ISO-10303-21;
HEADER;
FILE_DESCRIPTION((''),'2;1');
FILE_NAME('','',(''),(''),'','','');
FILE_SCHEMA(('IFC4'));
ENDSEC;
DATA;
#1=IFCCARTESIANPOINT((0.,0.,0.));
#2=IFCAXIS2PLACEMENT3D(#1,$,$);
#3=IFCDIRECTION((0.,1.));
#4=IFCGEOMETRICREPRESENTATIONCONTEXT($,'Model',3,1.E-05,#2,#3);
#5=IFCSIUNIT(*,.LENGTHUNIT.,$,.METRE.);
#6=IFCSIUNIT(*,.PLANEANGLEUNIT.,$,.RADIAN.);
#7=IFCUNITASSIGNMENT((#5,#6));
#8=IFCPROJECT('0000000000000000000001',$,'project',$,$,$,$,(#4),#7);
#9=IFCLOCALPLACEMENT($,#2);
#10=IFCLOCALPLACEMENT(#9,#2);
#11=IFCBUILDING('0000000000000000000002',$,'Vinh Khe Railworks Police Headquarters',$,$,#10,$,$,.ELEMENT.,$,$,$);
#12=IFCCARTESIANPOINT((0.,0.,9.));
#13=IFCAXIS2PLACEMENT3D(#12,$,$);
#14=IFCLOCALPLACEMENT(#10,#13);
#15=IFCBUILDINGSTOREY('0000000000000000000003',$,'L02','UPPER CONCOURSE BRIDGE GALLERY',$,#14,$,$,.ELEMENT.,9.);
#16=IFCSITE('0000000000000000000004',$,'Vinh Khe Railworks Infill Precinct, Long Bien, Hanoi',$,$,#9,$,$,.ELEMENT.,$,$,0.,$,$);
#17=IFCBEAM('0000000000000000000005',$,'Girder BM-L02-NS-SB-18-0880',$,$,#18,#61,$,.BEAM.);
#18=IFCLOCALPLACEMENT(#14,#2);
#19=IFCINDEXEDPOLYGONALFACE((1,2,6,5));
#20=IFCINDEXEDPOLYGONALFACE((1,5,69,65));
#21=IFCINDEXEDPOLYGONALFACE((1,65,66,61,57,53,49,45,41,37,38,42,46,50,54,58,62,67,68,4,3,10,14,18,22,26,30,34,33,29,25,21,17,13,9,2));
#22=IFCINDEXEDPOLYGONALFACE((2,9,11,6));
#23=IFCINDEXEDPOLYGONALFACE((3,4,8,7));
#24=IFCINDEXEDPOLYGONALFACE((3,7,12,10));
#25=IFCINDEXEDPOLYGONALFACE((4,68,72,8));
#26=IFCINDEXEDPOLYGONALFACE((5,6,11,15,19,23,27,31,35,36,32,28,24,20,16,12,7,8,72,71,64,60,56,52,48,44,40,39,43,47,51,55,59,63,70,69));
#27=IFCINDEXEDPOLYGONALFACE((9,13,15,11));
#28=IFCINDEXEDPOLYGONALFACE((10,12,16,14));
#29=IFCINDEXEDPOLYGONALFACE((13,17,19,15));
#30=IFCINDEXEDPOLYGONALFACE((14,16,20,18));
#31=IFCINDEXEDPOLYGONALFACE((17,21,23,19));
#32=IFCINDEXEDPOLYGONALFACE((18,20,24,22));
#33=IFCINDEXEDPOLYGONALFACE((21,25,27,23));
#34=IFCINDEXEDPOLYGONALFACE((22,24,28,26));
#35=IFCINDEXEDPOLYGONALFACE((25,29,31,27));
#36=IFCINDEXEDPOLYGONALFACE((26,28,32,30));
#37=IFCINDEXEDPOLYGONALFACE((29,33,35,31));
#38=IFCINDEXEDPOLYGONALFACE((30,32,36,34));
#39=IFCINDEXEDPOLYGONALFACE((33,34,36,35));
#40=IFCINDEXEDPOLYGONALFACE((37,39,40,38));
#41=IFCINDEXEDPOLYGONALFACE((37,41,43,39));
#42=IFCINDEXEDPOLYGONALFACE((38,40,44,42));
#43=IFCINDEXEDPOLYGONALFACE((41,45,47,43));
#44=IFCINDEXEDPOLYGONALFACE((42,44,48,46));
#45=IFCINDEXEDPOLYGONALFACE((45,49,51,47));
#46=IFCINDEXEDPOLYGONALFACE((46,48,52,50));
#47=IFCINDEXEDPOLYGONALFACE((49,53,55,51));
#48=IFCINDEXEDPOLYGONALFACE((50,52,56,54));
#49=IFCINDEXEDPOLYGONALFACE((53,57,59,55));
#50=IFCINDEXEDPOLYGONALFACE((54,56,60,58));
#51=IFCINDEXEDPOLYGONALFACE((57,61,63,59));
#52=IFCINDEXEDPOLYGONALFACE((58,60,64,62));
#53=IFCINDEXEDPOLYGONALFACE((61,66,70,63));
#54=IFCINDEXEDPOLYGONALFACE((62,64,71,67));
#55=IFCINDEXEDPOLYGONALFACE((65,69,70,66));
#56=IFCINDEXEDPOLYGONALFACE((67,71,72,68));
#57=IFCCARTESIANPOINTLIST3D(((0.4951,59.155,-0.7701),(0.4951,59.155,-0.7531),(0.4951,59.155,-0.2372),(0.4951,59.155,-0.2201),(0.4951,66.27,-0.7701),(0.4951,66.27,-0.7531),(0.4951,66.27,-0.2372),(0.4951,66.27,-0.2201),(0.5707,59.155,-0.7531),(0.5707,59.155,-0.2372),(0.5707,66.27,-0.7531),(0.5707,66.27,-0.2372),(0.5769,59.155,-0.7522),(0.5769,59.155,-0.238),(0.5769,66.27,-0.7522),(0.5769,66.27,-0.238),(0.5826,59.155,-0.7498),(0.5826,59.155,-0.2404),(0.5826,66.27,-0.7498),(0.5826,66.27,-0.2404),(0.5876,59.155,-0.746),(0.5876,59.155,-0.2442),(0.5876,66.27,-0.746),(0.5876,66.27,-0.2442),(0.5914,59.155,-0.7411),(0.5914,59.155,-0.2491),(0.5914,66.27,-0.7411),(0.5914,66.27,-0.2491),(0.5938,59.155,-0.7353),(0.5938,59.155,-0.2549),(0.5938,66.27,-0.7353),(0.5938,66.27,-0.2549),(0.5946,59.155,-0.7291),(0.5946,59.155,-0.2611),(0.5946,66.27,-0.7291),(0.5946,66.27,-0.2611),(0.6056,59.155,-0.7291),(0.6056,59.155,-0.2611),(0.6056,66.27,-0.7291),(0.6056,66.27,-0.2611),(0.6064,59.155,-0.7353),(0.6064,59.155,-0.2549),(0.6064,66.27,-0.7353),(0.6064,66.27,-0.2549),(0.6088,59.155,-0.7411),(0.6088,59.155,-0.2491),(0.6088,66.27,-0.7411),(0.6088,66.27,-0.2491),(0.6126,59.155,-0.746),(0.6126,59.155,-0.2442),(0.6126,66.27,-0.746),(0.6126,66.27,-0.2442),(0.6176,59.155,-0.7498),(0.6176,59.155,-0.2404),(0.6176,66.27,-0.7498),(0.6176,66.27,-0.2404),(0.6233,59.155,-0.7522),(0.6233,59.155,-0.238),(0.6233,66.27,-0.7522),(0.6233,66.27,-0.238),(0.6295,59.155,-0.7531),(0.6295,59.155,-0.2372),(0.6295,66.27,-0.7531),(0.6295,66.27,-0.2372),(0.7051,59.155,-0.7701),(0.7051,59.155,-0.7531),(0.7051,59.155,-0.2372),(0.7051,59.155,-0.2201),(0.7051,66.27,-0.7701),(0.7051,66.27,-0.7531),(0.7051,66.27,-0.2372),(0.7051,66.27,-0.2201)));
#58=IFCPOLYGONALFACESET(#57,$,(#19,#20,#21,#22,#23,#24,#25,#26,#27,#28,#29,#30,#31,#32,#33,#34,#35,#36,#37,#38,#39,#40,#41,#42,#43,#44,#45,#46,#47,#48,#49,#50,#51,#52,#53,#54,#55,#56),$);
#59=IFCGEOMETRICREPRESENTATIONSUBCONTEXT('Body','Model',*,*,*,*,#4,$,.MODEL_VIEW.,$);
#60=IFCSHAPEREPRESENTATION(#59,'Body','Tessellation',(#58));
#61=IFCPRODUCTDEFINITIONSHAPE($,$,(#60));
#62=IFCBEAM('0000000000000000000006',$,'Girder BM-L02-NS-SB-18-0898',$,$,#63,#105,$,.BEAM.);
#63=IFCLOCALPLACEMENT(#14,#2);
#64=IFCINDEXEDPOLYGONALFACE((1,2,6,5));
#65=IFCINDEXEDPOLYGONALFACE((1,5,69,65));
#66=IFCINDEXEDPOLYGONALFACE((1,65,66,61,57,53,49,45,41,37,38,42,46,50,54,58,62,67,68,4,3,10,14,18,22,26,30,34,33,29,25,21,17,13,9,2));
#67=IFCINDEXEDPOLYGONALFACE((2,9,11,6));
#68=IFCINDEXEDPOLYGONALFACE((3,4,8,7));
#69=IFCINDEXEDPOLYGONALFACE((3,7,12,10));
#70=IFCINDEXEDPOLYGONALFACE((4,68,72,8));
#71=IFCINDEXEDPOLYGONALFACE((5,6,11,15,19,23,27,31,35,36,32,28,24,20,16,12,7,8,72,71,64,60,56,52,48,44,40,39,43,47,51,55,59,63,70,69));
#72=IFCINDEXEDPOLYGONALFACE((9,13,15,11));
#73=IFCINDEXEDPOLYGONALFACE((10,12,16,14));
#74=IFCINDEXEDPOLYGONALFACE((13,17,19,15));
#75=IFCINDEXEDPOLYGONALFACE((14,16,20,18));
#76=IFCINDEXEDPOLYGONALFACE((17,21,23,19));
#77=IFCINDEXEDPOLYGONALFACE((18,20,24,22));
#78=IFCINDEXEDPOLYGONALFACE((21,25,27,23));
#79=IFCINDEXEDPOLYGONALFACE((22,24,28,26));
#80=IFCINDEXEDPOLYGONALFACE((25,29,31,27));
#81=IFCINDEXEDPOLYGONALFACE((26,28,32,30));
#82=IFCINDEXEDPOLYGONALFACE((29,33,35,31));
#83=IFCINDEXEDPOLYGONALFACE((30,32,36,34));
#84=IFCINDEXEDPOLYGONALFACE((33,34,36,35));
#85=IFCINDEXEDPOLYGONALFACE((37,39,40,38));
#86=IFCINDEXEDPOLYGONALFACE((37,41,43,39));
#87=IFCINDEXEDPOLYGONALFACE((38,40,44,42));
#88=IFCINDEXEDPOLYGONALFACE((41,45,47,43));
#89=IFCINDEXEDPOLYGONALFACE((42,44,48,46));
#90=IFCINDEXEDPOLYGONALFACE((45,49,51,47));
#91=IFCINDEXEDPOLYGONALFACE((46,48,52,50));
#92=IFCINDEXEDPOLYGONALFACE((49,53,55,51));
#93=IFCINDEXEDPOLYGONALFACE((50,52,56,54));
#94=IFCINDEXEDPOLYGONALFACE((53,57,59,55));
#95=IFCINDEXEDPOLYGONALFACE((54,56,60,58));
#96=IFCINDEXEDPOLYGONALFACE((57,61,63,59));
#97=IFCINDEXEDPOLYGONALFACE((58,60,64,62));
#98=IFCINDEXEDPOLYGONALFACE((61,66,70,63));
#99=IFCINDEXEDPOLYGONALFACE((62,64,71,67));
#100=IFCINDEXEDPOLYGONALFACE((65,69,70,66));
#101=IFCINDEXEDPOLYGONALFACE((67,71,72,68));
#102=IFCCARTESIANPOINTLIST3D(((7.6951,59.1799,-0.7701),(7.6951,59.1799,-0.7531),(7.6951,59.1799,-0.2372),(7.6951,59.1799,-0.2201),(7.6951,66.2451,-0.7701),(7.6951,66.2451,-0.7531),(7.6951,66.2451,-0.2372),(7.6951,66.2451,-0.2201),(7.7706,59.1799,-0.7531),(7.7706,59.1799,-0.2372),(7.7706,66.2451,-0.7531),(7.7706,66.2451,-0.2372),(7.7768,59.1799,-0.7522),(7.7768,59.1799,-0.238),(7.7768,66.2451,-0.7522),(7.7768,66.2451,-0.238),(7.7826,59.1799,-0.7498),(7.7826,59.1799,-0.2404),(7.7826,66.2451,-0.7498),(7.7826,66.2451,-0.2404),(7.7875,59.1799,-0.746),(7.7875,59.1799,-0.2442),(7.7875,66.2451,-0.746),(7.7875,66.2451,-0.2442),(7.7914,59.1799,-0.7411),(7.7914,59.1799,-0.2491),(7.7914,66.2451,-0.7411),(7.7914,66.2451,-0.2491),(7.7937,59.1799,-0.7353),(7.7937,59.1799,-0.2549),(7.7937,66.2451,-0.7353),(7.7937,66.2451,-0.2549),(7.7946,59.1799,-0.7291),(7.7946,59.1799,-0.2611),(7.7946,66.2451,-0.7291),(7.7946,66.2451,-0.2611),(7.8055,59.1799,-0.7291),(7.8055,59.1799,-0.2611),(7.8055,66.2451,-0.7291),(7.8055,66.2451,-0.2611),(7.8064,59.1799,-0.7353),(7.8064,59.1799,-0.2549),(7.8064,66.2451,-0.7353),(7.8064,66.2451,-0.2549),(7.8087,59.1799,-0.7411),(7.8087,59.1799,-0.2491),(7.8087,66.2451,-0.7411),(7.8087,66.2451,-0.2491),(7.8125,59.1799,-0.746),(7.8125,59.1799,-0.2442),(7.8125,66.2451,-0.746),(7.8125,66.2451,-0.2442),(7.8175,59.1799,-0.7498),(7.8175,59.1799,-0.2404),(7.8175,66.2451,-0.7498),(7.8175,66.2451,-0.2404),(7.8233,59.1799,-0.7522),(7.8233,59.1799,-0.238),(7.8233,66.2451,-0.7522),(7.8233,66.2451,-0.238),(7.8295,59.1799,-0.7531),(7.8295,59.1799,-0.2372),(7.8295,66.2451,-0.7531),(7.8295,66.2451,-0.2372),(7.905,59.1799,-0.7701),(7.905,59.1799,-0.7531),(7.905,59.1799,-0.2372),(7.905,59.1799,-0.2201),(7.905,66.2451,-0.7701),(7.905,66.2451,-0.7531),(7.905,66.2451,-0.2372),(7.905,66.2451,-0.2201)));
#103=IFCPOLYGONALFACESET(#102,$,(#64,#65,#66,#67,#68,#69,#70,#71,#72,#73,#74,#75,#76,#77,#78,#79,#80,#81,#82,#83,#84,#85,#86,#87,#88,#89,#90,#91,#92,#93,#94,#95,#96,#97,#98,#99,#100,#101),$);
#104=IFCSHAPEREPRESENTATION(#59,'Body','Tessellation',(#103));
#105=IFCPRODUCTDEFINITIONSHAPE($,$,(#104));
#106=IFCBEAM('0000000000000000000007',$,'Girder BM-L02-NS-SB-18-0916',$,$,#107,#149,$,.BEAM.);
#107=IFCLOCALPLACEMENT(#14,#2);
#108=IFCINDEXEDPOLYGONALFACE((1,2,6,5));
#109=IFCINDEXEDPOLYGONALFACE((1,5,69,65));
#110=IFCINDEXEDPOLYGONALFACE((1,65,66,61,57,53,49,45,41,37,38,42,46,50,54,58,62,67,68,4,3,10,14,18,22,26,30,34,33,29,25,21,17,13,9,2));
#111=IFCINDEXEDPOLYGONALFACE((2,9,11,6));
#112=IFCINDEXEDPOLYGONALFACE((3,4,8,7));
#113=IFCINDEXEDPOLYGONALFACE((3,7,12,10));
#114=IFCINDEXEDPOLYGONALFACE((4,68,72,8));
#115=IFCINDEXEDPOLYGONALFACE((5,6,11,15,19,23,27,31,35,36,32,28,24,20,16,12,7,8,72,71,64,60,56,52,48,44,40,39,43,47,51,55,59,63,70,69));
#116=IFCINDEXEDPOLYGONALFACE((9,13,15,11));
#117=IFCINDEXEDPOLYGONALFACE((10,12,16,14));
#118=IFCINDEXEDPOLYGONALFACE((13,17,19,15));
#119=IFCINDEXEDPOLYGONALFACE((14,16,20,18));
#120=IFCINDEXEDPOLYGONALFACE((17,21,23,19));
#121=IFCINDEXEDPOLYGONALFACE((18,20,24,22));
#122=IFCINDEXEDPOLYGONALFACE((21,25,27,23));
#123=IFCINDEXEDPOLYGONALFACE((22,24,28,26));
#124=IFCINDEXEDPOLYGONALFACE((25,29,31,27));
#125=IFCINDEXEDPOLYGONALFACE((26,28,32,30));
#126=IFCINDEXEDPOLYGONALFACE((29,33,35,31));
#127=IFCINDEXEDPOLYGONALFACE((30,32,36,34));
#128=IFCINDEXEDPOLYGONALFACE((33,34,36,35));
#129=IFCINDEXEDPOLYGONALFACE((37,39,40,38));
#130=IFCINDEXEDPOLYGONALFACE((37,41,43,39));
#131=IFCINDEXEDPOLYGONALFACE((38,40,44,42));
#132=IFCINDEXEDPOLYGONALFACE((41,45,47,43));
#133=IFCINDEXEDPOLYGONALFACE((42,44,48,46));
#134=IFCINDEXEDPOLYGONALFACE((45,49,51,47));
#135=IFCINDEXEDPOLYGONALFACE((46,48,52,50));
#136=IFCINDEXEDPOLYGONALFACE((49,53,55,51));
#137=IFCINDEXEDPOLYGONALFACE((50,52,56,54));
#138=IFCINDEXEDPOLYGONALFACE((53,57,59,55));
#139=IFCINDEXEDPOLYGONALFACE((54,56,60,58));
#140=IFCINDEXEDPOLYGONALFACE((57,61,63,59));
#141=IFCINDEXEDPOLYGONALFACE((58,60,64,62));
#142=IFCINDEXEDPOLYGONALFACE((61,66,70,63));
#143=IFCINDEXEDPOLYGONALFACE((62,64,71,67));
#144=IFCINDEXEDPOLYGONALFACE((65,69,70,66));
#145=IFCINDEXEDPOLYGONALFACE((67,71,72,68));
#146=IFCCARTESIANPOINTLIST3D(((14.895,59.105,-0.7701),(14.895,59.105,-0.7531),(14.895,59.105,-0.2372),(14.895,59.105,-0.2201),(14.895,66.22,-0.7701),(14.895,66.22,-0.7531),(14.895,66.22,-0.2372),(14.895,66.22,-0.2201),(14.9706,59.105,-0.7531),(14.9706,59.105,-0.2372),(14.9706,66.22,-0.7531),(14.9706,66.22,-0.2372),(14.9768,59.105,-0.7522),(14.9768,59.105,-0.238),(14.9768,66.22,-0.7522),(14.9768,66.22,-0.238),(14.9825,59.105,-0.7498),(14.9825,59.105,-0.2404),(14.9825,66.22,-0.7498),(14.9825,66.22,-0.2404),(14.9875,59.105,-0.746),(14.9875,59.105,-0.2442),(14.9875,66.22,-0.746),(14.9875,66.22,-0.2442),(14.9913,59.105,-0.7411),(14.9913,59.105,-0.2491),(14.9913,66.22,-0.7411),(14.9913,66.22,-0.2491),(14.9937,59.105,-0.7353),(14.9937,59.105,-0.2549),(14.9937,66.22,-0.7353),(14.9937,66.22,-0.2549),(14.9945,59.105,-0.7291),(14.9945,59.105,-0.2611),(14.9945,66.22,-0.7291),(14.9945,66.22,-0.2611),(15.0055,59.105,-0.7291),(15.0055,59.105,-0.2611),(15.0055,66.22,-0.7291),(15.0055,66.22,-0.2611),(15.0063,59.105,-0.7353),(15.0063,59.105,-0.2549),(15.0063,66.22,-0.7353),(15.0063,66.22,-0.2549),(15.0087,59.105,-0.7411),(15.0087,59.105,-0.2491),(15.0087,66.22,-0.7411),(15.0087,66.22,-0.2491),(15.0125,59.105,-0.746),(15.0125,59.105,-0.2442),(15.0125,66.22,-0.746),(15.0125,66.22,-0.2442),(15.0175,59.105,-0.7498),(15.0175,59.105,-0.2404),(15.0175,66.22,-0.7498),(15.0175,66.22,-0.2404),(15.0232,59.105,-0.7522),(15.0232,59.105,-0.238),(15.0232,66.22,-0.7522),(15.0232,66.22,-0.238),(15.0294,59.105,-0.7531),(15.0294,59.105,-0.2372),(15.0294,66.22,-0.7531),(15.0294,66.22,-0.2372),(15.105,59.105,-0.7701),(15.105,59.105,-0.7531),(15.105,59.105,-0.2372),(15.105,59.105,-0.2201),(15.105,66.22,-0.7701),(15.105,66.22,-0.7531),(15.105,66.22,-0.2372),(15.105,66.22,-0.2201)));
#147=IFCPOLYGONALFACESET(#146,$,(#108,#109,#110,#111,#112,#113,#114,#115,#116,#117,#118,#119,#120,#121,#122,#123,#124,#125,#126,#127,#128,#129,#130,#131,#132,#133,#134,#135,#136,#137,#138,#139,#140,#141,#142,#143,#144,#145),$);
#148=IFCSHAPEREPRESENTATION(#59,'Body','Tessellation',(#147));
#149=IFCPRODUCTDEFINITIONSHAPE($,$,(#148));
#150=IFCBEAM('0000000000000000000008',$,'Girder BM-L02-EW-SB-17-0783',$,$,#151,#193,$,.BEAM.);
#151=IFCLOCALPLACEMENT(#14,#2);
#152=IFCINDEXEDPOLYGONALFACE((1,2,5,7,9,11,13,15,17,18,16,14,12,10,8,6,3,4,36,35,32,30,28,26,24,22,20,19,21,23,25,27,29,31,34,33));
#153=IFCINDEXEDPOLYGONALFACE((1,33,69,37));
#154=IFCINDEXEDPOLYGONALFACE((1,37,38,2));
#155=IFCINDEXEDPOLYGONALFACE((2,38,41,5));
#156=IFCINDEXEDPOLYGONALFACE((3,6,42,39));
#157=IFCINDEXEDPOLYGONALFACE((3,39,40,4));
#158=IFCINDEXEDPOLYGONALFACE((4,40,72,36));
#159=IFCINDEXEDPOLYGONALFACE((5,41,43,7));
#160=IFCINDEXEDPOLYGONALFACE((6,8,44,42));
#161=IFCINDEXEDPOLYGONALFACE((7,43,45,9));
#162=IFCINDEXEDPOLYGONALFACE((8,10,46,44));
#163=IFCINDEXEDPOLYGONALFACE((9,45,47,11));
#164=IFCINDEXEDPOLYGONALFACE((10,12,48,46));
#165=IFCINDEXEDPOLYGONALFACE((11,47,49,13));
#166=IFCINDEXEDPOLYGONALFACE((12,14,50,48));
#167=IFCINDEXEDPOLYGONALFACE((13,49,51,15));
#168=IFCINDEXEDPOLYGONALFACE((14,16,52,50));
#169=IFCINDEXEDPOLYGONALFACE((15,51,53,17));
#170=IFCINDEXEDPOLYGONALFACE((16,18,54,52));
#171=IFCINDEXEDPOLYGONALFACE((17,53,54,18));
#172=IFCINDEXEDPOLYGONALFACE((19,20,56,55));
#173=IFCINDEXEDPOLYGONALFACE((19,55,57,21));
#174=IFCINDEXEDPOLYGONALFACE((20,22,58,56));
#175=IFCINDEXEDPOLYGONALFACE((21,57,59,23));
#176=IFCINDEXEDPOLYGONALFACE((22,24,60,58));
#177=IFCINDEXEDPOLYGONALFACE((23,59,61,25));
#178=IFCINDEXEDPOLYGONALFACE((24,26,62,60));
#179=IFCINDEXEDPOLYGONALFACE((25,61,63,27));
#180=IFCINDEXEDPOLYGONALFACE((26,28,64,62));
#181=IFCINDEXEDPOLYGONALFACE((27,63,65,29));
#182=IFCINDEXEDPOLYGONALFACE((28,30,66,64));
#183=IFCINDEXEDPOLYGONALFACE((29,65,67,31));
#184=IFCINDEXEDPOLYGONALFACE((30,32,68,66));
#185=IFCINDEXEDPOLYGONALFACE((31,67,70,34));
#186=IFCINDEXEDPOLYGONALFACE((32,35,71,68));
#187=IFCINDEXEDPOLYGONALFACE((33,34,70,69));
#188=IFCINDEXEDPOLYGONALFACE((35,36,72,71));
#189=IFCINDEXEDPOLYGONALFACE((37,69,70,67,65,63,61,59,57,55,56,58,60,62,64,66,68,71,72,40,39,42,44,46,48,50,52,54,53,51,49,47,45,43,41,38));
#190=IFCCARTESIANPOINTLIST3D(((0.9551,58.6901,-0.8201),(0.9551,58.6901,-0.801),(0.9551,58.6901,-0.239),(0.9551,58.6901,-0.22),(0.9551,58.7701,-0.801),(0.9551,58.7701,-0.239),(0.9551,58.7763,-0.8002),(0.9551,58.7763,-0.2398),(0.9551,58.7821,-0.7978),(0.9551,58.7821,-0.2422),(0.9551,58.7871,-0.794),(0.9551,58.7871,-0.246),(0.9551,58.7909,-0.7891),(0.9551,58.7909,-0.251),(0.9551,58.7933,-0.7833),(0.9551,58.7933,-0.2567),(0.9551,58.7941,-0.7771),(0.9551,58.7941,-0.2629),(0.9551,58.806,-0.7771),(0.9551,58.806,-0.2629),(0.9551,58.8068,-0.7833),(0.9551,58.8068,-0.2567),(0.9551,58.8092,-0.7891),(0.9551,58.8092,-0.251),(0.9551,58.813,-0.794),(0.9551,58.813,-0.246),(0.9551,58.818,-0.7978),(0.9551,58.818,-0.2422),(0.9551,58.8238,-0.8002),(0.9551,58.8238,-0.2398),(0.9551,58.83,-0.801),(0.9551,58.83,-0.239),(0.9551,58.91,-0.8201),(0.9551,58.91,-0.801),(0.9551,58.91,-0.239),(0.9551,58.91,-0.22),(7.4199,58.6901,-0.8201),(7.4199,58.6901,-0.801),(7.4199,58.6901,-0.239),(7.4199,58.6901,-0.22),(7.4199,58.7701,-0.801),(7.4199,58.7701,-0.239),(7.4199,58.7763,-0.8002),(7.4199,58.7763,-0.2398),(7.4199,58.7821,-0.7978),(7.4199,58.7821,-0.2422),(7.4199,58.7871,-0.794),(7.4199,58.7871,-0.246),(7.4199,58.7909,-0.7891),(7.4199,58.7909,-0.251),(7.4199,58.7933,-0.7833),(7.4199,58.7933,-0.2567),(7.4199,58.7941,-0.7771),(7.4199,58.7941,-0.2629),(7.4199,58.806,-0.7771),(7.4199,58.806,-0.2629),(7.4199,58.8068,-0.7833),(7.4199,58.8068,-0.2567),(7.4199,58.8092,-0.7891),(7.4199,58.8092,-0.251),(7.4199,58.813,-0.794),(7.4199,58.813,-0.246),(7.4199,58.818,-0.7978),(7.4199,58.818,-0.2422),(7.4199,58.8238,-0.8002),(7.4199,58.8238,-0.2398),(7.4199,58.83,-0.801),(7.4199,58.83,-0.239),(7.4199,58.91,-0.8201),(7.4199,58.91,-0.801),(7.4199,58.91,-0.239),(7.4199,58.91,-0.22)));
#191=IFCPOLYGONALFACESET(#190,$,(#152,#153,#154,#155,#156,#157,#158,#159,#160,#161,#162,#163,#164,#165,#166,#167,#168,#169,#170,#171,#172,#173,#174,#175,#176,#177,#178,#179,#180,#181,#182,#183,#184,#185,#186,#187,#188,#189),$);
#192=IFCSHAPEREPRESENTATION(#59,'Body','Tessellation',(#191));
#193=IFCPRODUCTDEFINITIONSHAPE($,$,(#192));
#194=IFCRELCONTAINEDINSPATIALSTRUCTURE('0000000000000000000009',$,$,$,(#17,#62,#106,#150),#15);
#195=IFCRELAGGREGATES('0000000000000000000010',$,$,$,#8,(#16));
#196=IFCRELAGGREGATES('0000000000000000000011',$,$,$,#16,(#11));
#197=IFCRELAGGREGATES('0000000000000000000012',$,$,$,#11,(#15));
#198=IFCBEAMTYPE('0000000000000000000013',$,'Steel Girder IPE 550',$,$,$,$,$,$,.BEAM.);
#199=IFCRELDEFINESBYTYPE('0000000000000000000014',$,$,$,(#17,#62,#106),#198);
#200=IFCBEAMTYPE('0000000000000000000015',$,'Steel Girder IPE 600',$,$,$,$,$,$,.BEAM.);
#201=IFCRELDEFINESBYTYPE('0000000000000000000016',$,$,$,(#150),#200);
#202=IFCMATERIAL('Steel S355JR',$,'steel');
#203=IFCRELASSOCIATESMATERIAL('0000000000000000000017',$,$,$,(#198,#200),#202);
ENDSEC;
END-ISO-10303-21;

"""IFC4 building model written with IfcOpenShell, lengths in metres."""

from ifc_helpers import new_model, si_unit, direction, frame, origin, origin_2d, place, context, subcontext, project, spatial, i_section, extrude, material, material_profile, profile_set, type_object, element, save


model = new_model("IFC4")

# Units and contexts
model_context = context("Model", 3, precision=1e-05, world=origin(), true_north=direction((0.0, 1.0)))
body_context = subcontext(model_context, "Body", "Model", "MODEL_VIEW")
ifc_project = project(units=[si_unit("LENGTHUNIT", "METRE"), si_unit("PLANEANGLEUNIT", "RADIAN")], contexts=[model_context])

# Site, building, storey
site_placement = place(None, origin())
site = spatial("IfcSite", under=ifc_project, at=site_placement, Name="Vinh Khe Railworks Infill Precinct, Long Bien, Hanoi", CompositionType="ELEMENT", RefElevation=0.0)
building_placement = place(site_placement, origin())
building = spatial("IfcBuilding", under=site, at=building_placement, Name="Vinh Khe Railworks Police Headquarters", CompositionType="ELEMENT")
storey_placement = place(building_placement, frame((0.0, 0.0, 9.0)))
storey = spatial("IfcBuildingStorey", under=building, at=storey_placement, Name="L02", Description="UPPER CONCOURSE BRIDGE GALLERY", CompositionType="ELEMENT", Elevation=9.0)

# Shared definitions
ifc_material_1 = material(Name="Steel S355JR", Category="steel")

# Beams
ifc_material_profile_1 = material_profile(ifc_material_1, i_section(OverallWidth=0.21, OverallDepth=0.55, WebThickness=0.011, FlangeThickness=0.0171, FilletRadius=0.0239, at=origin_2d()), Name="IPE 550")
ifc_profile_set_1 = profile_set([ifc_material_profile_1], Name="Steel S355JR")
beam_type_1 = type_object("IfcBeamType", Name="Steel Girder IPE 550", PredefinedType="BEAM", material=ifc_profile_set_1)
beam_1_placement = place(storey_placement, frame((0.6001, 59.155, -0.4951), z_axis=(0.0, 1.0, 0.0), x_axis=(-1.0, 0.0, 0.0)))
element("IfcBeam", 1, at=beam_1_placement, inside=storey, type_object=beam_type_1, Name="Girder BM-L02-NS-SB-18-0880", PredefinedType="BEAM", context=body_context, shape_type="SweptSolid", body=[
    extrude(i_section(OverallWidth=0.21, OverallDepth=0.55, WebThickness=0.011, FlangeThickness=0.0171, FilletRadius=0.0239, at=origin_2d()), origin(), (0.0, 0.0, 1.0), 7.115),
])
beam_2_placement = place(storey_placement, frame((7.8, 59.1799, -0.4951), z_axis=(0.0, 1.0, 0.0), x_axis=(-1.0, 0.0, 0.0)))
element("IfcBeam", 2, at=beam_2_placement, inside=storey, type_object=beam_type_1, Name="Girder BM-L02-NS-SB-18-0898", PredefinedType="BEAM", context=body_context, shape_type="SweptSolid", body=[
    extrude(i_section(OverallWidth=0.21, OverallDepth=0.55, WebThickness=0.011, FlangeThickness=0.0171, FilletRadius=0.0239, at=origin_2d()), origin(), (0.0, 0.0, 1.0), 7.0652),
])
beam_3_placement = place(storey_placement, frame((15.0, 59.105, -0.4951), z_axis=(0.0, 1.0, 0.0), x_axis=(-1.0, 0.0, 0.0)))
element("IfcBeam", 3, at=beam_3_placement, inside=storey, type_object=beam_type_1, Name="Girder BM-L02-NS-SB-18-0916", PredefinedType="BEAM", context=body_context, shape_type="SweptSolid", body=[
    extrude(i_section(OverallWidth=0.21, OverallDepth=0.55, WebThickness=0.011, FlangeThickness=0.0171, FilletRadius=0.0239, at=origin_2d()), origin(), (0.0, 0.0, 1.0), 7.115),
])
ifc_material_profile_2 = material_profile(ifc_material_1, i_section(OverallWidth=0.22, OverallDepth=0.6001, WebThickness=0.012, FlangeThickness=0.019, FilletRadius=0.0239, at=origin_2d()), Name="IPE 600")
ifc_profile_set_2 = profile_set([ifc_material_profile_2], Name="Steel S355JR")
beam_type_2 = type_object("IfcBeamType", Name="Steel Girder IPE 600", PredefinedType="BEAM", material=ifc_profile_set_2)
beam_4_placement = place(storey_placement, frame((0.9551, 58.8, -0.52), z_axis=(1.0, 0.0, 0.0), x_axis=(0.0, 1.0, 0.0)))
element("IfcBeam", 4, at=beam_4_placement, inside=storey, type_object=beam_type_2, Name="Girder BM-L02-EW-SB-17-0783", PredefinedType="BEAM", context=body_context, shape_type="SweptSolid", body=[
    extrude(i_section(OverallWidth=0.22, OverallDepth=0.6001, WebThickness=0.012, FlangeThickness=0.019, FilletRadius=0.0239, at=origin_2d()), origin(), (0.0, 0.0, 1.0), 6.4648),
])

save(model, "model.ifc")
